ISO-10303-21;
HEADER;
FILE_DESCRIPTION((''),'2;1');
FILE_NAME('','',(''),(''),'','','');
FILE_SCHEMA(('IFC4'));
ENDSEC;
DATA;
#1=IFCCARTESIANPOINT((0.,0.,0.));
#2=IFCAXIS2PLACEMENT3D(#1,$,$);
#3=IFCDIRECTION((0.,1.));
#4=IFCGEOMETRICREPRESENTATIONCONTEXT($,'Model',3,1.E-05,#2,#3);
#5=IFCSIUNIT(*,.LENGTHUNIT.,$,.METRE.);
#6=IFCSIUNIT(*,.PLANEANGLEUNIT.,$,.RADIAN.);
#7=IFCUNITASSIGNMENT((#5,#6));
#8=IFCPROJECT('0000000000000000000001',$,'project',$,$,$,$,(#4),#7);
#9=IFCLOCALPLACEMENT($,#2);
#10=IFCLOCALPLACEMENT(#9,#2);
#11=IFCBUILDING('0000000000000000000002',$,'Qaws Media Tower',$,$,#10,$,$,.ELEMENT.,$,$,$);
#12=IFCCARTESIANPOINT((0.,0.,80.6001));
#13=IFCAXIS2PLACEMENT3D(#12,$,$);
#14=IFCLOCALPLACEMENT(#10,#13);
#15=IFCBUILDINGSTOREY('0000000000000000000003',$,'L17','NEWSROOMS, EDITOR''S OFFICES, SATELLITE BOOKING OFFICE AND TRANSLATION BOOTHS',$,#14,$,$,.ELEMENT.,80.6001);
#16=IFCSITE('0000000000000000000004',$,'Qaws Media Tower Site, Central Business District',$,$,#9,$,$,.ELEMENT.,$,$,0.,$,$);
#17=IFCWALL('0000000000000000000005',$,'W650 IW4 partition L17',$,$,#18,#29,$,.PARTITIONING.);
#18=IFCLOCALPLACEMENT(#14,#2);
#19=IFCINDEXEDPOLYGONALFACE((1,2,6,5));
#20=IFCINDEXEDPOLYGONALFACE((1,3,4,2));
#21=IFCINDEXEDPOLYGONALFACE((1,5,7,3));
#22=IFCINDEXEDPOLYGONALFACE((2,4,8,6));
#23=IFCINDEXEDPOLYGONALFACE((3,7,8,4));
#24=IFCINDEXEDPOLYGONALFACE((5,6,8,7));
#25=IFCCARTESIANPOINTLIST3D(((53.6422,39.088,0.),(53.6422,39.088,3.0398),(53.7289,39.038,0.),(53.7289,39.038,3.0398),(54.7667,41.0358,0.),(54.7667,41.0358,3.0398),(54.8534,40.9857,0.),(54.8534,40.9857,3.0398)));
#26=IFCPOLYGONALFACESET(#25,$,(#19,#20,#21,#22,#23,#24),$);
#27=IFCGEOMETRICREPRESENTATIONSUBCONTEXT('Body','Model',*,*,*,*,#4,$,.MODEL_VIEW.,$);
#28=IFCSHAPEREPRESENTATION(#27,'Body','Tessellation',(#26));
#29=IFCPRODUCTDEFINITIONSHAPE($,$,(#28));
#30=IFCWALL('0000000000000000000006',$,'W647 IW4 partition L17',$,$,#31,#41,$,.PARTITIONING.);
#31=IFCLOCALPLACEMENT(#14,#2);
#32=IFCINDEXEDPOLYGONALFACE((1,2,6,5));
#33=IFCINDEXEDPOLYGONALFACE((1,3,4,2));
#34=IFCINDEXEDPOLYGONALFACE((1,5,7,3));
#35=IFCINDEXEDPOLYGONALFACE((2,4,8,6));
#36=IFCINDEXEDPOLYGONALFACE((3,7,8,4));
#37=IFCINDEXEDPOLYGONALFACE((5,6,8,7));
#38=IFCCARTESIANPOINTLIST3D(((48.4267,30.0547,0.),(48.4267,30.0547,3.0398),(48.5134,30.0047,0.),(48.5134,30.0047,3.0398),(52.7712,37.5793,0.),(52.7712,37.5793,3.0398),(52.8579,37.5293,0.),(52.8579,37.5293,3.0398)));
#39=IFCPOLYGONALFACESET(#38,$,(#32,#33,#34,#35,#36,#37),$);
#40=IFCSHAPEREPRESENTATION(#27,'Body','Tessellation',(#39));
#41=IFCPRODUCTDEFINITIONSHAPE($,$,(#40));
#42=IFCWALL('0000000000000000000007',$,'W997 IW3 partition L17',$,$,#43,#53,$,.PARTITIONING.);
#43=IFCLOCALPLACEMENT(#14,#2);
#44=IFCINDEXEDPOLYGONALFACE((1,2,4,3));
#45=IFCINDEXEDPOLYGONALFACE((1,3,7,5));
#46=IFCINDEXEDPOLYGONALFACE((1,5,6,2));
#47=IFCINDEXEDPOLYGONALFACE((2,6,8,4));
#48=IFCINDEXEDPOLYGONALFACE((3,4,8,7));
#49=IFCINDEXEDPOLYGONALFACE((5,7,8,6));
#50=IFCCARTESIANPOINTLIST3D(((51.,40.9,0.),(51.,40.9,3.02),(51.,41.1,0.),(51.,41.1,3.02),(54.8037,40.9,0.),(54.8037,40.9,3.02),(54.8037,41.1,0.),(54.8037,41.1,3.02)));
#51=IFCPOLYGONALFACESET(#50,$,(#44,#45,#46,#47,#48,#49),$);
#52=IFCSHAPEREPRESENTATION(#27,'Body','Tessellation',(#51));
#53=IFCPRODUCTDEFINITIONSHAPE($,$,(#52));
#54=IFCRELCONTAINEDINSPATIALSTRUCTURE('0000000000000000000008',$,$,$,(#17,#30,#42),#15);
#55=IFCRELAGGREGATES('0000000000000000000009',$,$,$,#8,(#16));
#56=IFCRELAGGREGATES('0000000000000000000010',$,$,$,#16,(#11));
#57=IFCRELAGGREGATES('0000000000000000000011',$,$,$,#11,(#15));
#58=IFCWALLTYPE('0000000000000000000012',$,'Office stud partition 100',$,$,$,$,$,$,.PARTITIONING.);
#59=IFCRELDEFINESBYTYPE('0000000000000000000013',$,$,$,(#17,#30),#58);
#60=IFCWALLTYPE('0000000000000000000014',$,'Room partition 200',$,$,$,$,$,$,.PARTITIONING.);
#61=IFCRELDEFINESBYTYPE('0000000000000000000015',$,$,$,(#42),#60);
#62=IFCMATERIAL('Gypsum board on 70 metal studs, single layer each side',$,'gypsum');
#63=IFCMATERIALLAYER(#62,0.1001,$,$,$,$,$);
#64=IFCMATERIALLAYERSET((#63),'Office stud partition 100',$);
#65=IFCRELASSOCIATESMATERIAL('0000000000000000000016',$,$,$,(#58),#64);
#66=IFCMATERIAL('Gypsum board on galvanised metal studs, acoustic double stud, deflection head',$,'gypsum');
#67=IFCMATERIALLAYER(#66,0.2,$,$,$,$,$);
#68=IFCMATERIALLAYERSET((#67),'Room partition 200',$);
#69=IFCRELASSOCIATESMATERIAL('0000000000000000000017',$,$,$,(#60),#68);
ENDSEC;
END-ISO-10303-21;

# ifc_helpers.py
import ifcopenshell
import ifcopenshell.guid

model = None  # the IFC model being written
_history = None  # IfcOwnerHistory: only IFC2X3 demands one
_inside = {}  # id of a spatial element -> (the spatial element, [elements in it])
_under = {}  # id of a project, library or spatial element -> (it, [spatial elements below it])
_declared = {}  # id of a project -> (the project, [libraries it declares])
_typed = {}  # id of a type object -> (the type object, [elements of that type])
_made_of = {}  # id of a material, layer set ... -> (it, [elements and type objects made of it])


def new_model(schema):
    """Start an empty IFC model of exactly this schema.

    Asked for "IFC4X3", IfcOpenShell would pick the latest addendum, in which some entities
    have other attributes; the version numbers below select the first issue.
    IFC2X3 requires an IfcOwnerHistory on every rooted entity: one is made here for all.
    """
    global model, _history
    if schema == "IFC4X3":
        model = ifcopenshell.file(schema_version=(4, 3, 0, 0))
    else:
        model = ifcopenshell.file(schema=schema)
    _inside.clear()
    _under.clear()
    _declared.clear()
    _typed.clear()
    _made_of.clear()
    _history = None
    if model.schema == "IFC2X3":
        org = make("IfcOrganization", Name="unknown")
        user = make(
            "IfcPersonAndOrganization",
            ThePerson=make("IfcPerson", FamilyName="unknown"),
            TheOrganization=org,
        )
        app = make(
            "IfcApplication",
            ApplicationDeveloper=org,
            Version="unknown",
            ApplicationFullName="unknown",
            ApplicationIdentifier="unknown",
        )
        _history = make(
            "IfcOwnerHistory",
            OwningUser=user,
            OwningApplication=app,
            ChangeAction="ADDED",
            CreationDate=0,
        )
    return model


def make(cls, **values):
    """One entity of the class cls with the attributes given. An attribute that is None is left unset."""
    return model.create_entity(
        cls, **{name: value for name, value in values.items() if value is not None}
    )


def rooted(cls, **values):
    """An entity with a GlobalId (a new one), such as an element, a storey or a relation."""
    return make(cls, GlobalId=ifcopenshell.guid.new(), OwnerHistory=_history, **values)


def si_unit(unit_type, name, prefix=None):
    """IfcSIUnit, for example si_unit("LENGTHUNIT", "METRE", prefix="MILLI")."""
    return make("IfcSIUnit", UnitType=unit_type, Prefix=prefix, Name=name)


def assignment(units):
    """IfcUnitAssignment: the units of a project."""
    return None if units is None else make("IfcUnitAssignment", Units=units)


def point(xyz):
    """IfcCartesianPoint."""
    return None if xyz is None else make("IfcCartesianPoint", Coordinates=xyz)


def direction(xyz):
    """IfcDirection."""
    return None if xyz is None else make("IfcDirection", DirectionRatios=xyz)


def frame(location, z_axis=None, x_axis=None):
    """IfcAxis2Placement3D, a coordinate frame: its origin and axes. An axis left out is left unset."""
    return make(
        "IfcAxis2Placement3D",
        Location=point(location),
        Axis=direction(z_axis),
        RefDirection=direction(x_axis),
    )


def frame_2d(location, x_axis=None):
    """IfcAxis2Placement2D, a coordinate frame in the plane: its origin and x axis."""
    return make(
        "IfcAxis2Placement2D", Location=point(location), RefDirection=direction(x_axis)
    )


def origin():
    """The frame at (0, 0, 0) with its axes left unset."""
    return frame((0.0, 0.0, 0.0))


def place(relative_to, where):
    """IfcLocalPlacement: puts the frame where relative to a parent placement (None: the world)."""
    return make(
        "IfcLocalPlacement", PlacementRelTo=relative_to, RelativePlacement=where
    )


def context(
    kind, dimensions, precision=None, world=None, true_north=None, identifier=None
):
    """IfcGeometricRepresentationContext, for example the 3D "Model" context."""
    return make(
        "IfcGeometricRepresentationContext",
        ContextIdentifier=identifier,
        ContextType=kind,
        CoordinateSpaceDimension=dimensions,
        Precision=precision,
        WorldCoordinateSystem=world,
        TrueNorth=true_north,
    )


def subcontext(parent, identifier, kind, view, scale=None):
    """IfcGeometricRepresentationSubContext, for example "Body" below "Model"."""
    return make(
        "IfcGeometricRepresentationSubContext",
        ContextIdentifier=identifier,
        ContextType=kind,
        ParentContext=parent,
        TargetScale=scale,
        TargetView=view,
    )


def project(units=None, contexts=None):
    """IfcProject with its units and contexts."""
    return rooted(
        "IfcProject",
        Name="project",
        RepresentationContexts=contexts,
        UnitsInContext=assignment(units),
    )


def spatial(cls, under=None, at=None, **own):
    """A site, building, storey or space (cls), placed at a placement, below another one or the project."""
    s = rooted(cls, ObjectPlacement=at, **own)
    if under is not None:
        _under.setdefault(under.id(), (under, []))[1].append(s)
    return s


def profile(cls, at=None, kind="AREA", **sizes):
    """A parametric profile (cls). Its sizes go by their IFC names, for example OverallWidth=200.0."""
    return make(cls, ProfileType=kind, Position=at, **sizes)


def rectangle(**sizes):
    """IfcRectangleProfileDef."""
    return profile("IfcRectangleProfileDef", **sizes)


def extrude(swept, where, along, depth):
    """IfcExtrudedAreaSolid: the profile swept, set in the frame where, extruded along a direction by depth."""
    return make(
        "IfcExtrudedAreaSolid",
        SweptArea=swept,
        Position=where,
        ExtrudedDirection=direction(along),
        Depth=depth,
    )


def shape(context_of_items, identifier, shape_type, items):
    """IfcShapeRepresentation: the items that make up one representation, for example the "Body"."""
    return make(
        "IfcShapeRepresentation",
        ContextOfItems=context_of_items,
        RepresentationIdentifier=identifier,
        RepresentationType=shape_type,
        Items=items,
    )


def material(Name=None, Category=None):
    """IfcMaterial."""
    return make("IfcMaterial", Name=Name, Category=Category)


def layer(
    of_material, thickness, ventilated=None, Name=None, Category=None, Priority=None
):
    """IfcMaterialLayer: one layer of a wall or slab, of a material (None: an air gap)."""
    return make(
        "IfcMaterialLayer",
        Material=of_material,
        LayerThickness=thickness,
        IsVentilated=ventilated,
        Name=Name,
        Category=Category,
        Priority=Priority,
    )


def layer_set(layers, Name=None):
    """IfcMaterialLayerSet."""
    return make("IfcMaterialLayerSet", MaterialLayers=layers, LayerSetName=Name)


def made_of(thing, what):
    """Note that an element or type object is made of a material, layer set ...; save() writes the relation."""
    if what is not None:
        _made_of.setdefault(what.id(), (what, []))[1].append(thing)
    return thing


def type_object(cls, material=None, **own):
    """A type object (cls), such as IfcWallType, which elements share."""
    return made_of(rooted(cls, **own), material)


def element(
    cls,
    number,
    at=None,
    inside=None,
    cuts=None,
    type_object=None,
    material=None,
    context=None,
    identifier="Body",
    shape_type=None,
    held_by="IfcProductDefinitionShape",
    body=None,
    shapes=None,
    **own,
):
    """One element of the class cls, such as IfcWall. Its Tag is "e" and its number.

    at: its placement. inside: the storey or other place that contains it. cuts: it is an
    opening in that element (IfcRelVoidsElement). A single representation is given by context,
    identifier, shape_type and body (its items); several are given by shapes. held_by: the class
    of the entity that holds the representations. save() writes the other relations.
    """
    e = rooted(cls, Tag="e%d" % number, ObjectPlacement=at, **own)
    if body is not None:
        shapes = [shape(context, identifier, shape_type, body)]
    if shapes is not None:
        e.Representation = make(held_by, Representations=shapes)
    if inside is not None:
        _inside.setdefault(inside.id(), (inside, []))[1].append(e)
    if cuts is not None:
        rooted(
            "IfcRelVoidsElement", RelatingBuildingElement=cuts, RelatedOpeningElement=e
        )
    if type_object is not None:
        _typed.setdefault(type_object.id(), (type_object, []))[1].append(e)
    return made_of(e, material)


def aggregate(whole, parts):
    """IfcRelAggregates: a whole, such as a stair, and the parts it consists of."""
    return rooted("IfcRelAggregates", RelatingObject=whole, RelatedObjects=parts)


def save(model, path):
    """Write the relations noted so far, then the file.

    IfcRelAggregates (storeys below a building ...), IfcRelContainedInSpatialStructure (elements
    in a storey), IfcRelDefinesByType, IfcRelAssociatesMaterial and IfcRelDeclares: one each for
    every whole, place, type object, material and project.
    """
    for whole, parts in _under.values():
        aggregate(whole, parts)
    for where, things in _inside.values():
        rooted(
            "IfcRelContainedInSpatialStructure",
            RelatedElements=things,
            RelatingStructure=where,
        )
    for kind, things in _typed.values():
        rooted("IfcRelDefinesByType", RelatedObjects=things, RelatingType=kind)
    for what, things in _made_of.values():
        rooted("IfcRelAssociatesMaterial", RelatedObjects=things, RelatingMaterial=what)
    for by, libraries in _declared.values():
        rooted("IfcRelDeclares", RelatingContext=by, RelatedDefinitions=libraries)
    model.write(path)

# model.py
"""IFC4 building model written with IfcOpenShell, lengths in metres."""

from ifc_helpers import new_model, si_unit, direction, frame, frame_2d, origin, place, context, subcontext, project, spatial, rectangle, extrude, material, layer, layer_set, type_object, element, save


model = new_model("IFC4")

# Units and contexts
model_context = context("Model", 3, precision=1e-05, world=origin(), true_north=direction((0.0, 1.0)))
body_context = subcontext(model_context, "Body", "Model", "MODEL_VIEW")
ifc_project = project(units=[si_unit("LENGTHUNIT", "METRE"), si_unit("PLANEANGLEUNIT", "RADIAN")], contexts=[model_context])

# Site, building, storey
site_placement = place(None, origin())
site = spatial("IfcSite", under=ifc_project, at=site_placement, Name="Qaws Media Tower Site, Central Business District", CompositionType="ELEMENT", RefElevation=0.0)
building_placement = place(site_placement, origin())
building = spatial("IfcBuilding", under=site, at=building_placement, Name="Qaws Media Tower", CompositionType="ELEMENT")
storey_placement = place(building_placement, frame((0.0, 0.0, 80.6001)))
storey = spatial("IfcBuildingStorey", under=building, at=storey_placement, Name="L17", Description="NEWSROOMS, EDITOR'S OFFICES, SATELLITE BOOKING OFFICE AND TRANSLATION BOOTHS", CompositionType="ELEMENT", Elevation=80.6001)

# Walls
ifc_material_1 = material(Name="Gypsum board on 70 metal studs, single layer each side", Category="gypsum")
ifc_layer_1 = layer(ifc_material_1, 0.1001)
ifc_layer_set_1 = layer_set([ifc_layer_1], Name="Office stud partition 100")
wall_type_1 = type_object("IfcWallType", Name="Office stud partition 100", PredefinedType="PARTITIONING", material=ifc_layer_set_1)
wall_1_placement = place(storey_placement, frame((54.8101, 41.0107, 0.0), z_axis=(0.0, 0.0, 1.0), x_axis=(-0.499992, -0.86603, 0.0)))
element("IfcWall", 1, at=wall_1_placement, inside=storey, type_object=wall_type_1, Name="W650 IW4 partition L17", PredefinedType="PARTITIONING", context=body_context, shape_type="SweptSolid", body=[
    extrude(rectangle(XDim=2.249, YDim=0.1001, at=frame_2d((1.1245, 0.0))), origin(), (0.0, 0.0, 1.0), 3.0398),
])
wall_2_placement = place(storey_placement, frame((52.8145, 37.5542, 0.0), z_axis=(0.0, 0.0, 1.0), x_axis=(-0.50001, -0.866019, 0.0)))
element("IfcWall", 2, at=wall_2_placement, inside=storey, type_object=wall_type_1, Name="W647 IW4 partition L17", PredefinedType="PARTITIONING", context=body_context, shape_type="SweptSolid", body=[
    extrude(rectangle(XDim=8.6887, YDim=0.1001, at=frame_2d((4.3442, 0.0))), origin(), (0.0, 0.0, 1.0), 3.0398),
])

# Shared definitions
ifc_material_2 = material(Name="Gypsum board on galvanised metal studs, acoustic double stud, deflection head", Category="gypsum")
ifc_layer_2 = layer(ifc_material_2, 0.2)
ifc_layer_set_2 = layer_set([ifc_layer_2], Name="Room partition 200")
wall_type_2 = type_object("IfcWallType", Name="Room partition 200", PredefinedType="PARTITIONING", material=ifc_layer_set_2)

# Wall
wall_3_placement = place(storey_placement, frame((54.8037, 41.0, 0.0), z_axis=(0.0, 0.0, 1.0), x_axis=(-1.0, 0.0, 0.0)))
element("IfcWall", 3, at=wall_3_placement, inside=storey, type_object=wall_type_2, Name="W997 IW3 partition L17", PredefinedType="PARTITIONING", context=body_context, shape_type="SweptSolid", body=[
    extrude(rectangle(XDim=3.8037, YDim=0.2, at=frame_2d((1.9019, 0.0))), origin(), (0.0, 0.0, 1.0), 3.02),
])

save(model, "model.ifc")
